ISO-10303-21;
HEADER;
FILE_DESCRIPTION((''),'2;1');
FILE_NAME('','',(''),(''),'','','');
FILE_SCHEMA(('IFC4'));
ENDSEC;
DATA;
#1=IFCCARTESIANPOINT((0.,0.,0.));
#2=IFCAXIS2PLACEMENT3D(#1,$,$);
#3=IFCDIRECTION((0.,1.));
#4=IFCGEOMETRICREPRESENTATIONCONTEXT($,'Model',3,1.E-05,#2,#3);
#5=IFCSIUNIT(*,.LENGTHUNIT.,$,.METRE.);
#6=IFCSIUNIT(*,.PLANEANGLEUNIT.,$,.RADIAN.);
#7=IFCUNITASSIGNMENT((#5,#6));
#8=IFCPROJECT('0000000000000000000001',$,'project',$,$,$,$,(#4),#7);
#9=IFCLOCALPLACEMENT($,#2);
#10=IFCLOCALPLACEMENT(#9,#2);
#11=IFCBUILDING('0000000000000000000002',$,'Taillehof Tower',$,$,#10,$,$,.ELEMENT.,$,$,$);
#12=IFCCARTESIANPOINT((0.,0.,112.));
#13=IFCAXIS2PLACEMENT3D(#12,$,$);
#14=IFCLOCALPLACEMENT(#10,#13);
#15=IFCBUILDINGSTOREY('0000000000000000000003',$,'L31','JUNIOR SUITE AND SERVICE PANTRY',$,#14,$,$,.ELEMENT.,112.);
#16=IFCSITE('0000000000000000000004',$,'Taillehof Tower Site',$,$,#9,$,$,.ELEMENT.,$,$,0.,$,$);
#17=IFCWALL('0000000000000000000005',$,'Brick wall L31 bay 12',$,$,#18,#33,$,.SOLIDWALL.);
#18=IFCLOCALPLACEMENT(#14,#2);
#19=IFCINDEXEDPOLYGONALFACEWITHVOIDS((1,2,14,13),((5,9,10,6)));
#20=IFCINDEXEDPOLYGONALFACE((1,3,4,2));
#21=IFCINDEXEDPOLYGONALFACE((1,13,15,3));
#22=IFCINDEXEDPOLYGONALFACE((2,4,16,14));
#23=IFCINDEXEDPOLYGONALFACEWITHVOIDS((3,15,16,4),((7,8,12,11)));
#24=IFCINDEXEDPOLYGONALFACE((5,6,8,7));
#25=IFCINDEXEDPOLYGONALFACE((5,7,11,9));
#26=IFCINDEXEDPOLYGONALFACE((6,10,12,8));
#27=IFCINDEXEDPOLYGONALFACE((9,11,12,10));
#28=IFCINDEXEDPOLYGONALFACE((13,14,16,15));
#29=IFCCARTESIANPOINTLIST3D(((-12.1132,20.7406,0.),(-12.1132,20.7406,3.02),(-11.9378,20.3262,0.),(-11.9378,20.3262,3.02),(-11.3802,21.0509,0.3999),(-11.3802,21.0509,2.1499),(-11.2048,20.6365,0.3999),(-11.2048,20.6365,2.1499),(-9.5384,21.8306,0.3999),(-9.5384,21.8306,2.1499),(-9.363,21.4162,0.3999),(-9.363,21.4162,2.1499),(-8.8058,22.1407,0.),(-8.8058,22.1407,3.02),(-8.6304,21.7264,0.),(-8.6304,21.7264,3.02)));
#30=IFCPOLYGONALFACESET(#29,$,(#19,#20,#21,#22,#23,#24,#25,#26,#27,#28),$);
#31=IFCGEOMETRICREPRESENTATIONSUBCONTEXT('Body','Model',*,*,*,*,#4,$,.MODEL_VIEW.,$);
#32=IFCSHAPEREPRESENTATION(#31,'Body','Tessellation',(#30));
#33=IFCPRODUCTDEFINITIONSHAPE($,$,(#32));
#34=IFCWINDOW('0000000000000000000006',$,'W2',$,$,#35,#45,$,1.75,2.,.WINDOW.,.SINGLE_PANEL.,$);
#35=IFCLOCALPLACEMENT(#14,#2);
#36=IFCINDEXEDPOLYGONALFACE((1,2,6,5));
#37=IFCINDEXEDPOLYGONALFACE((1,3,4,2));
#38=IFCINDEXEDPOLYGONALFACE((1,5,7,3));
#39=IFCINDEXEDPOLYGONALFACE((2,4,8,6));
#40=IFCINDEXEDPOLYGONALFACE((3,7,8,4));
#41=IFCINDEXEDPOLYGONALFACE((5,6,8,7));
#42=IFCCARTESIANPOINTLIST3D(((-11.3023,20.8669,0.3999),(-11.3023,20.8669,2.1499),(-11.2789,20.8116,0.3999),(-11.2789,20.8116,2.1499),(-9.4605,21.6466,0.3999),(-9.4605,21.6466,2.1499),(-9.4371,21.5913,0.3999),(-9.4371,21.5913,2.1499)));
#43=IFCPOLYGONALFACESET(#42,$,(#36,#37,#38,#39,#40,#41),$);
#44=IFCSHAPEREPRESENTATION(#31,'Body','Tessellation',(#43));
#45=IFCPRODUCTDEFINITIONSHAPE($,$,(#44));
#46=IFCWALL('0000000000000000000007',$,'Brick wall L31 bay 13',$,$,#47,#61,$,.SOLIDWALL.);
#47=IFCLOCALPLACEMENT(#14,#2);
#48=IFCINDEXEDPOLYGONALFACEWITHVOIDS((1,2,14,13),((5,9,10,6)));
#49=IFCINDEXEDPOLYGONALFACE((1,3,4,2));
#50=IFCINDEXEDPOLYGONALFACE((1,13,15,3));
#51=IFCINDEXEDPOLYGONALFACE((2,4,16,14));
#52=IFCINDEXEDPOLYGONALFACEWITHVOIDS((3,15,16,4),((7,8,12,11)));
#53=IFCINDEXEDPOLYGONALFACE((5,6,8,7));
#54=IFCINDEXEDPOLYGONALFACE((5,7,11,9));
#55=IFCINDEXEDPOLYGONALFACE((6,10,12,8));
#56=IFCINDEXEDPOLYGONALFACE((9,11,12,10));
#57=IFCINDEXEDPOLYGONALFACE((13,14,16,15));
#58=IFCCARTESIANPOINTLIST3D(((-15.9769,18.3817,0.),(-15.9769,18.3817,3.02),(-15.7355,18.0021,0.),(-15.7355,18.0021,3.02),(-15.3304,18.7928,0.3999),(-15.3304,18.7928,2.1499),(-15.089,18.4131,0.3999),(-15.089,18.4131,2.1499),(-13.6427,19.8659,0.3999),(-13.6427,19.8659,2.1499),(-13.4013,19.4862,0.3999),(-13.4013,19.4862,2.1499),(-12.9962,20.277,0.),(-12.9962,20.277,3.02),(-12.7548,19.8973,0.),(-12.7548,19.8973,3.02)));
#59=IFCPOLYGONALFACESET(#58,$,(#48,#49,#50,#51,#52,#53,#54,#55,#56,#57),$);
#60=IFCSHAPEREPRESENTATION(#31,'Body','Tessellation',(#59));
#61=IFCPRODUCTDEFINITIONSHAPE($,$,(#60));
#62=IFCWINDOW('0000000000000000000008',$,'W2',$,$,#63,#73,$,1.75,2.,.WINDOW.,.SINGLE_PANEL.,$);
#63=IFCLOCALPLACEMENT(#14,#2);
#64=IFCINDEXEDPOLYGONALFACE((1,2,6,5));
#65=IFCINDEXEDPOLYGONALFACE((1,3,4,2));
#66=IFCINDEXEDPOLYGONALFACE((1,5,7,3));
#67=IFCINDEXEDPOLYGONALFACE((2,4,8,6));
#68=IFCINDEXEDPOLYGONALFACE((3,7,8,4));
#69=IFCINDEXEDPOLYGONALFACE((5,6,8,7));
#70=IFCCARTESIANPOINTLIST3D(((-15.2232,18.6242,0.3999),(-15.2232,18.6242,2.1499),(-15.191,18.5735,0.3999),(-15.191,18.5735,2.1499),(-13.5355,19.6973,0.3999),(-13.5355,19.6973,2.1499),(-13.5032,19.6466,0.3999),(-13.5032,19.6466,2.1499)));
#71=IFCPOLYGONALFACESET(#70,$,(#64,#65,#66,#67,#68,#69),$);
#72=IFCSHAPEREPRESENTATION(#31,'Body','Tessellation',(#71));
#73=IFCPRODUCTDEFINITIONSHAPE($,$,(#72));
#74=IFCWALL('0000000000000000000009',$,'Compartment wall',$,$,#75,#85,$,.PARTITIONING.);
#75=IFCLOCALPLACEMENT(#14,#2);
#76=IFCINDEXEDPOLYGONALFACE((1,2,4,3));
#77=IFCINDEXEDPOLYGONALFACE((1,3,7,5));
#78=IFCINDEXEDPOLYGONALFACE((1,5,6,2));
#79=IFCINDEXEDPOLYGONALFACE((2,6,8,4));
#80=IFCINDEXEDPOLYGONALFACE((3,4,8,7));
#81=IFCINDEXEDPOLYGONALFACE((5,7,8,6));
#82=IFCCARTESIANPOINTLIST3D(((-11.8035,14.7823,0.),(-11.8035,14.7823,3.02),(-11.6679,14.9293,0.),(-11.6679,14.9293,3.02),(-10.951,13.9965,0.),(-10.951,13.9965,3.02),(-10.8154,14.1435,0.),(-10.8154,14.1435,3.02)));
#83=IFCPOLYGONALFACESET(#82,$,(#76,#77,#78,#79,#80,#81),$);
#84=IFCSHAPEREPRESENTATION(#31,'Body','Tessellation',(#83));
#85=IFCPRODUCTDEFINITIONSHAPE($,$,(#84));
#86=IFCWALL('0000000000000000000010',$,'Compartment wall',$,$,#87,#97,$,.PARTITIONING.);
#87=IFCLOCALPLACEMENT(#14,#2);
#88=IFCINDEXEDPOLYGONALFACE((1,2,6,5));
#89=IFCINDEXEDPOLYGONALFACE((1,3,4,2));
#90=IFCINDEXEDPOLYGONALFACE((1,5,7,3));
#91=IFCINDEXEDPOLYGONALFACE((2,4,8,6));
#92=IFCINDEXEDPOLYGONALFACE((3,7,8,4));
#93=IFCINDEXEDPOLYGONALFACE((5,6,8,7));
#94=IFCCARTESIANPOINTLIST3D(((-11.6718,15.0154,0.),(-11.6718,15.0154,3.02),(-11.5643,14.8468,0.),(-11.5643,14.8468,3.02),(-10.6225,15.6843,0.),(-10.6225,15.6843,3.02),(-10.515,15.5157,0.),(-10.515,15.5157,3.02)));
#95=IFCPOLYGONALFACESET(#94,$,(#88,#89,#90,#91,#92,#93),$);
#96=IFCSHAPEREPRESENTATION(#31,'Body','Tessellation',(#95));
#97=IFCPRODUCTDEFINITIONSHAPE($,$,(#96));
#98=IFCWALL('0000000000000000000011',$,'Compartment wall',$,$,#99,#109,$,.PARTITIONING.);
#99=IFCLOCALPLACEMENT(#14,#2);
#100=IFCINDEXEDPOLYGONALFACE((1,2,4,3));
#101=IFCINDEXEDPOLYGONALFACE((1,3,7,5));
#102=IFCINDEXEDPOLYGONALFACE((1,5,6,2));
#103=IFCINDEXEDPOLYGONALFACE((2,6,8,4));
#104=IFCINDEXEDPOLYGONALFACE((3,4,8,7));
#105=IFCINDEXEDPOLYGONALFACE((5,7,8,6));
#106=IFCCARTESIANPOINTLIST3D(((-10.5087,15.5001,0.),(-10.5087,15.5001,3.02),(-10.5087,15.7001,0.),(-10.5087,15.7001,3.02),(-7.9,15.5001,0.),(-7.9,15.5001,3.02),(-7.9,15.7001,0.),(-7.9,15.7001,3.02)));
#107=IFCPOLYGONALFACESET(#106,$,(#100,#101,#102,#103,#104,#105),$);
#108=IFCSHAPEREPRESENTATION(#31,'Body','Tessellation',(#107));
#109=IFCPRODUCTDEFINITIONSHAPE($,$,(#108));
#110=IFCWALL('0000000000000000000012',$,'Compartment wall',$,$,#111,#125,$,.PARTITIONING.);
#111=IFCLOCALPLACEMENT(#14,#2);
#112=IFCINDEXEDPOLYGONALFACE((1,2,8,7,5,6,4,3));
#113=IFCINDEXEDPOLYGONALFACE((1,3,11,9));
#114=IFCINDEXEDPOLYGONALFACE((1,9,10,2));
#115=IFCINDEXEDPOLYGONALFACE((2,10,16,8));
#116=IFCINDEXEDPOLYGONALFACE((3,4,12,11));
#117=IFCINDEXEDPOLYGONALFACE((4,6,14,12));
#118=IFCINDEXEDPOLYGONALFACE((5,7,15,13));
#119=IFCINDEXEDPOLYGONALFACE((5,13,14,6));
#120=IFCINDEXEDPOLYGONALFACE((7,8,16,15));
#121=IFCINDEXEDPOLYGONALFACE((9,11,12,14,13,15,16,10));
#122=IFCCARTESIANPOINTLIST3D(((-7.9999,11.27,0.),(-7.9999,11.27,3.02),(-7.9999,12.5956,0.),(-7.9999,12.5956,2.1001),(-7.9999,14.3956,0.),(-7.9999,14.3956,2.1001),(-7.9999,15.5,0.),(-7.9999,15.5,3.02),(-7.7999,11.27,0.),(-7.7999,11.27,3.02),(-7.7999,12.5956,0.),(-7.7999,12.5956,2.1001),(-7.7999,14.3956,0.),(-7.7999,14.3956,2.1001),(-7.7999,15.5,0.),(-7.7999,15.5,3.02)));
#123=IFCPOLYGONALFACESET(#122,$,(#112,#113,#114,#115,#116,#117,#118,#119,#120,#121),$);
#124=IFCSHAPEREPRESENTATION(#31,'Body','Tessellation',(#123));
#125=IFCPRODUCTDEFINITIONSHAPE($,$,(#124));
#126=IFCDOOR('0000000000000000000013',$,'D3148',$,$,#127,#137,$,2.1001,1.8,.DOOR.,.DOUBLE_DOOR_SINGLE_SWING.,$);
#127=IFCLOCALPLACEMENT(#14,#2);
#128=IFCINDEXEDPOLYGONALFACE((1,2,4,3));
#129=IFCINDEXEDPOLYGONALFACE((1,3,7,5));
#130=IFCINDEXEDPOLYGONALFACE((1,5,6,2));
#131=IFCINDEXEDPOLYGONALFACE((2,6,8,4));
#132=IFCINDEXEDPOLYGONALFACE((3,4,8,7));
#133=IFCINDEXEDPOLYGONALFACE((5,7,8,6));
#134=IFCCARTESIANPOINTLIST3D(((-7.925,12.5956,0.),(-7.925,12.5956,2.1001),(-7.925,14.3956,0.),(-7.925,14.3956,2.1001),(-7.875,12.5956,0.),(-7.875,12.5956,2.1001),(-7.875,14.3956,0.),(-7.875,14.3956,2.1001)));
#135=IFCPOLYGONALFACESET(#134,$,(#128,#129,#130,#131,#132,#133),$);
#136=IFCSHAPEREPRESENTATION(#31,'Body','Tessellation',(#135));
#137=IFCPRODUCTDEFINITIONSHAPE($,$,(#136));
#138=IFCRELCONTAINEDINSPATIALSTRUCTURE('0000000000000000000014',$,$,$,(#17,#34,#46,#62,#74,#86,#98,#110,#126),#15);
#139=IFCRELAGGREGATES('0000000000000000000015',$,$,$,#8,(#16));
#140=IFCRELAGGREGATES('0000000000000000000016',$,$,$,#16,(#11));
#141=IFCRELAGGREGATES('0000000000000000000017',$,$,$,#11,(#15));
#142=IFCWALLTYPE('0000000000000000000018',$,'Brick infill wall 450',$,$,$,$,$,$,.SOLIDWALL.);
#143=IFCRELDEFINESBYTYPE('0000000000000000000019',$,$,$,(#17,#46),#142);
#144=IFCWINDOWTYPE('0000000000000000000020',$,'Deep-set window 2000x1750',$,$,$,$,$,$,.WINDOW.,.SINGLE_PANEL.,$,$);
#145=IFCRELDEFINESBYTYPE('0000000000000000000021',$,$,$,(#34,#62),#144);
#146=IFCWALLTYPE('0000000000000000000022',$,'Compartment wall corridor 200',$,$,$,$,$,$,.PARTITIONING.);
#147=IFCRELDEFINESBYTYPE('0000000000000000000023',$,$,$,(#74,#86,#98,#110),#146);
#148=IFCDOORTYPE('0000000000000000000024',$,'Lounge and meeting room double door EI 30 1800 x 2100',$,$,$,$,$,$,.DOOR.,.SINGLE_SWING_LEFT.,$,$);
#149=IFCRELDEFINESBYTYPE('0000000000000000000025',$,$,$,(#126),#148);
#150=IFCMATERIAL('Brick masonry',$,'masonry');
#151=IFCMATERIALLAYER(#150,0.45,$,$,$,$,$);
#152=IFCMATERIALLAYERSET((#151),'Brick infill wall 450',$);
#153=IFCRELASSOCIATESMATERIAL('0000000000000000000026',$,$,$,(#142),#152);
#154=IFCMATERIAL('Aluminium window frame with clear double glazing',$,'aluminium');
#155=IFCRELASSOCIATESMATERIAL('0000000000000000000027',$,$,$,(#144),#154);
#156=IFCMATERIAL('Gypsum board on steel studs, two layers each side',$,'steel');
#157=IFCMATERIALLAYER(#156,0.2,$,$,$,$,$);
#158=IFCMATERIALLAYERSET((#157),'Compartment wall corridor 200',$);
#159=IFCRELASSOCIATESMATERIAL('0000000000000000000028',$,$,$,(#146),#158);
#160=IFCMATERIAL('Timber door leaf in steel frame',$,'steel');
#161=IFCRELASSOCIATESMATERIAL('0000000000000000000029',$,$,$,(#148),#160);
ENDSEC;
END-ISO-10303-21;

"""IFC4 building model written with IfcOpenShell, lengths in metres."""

from ifc_helpers import new_model, si_unit, direction, frame, frame_2d, origin, place, context, subcontext, project, spatial, rectangle, extrude, material, layer, layer_set, type_object, element, fill, save


model = new_model("IFC4")

# Units and contexts
model_context = context("Model", 3, precision=1e-05, world=origin(), true_north=direction((0.0, 1.0)))
body_context = subcontext(model_context, "Body", "Model", "MODEL_VIEW")
ifc_project = project(units=[si_unit("LENGTHUNIT", "METRE"), si_unit("PLANEANGLEUNIT", "RADIAN")], contexts=[model_context])

# Site, building, storey
site_placement = place(None, origin())
site = spatial("IfcSite", under=ifc_project, at=site_placement, Name="Taillehof Tower Site", CompositionType="ELEMENT", RefElevation=0.0)
building_placement = place(site_placement, origin())
building = spatial("IfcBuilding", under=site, at=building_placement, Name="Taillehof Tower", CompositionType="ELEMENT")
storey_placement = place(building_placement, frame((0.0, 0.0, 112.0)))
storey = spatial("IfcBuildingStorey", under=building, at=storey_placement, Name="L31", Description="JUNIOR SUITE AND SERVICE PANTRY", CompositionType="ELEMENT", Elevation=112.0)

# Walls, openings, windows
ifc_material_1 = material(Name="Brick masonry", Category="masonry")
ifc_layer_1 = layer(ifc_material_1, 0.45)
ifc_layer_set_1 = layer_set([ifc_layer_1], Name="Brick infill wall 450")
wall_type_1 = type_object("IfcWallType", Name="Brick infill wall 450", PredefinedType="SOLIDWALL", material=ifc_layer_set_1)
ifc_material_2 = material(Name="Aluminium window frame with clear double glazing", Category="aluminium")
window_type = type_object("IfcWindowType", Name="Deep-set window 2000x1750", PartitioningType="SINGLE_PANEL", PredefinedType="WINDOW", material=ifc_material_2)
wall_1_placement = place(storey_placement, frame((-8.718, 21.9336, 0.0), z_axis=(0.0, 0.0, 1.0), x_axis=(-0.92088, -0.389846, 0.0)))
wall_1 = element("IfcWall", 1, at=wall_1_placement, inside=storey, type_object=wall_type_1, Name="Brick wall L31 bay 12", PredefinedType="SOLIDWALL", context=body_context, shape_type="SweptSolid", body=[
    extrude(rectangle(XDim=3.5916, YDim=0.45, at=frame_2d((1.7959, 0.0))), origin(), (0.0, 0.0, 1.0), 3.02),
])
opening_1_placement = place(wall_1_placement, frame((0.7957, 0.0, 0.3999)))
opening_1 = element("IfcOpeningElement", 2, at=opening_1_placement, cuts=wall_1, PredefinedType="OPENING", context=body_context, shape_type="SweptSolid", body=[
    extrude(rectangle(XDim=2.0, YDim=1.75, at=frame_2d((1.0, 0.875))), frame((0.0, 0.2349, 0.0), z_axis=(0.0, -1.0, 0.0), x_axis=(1.0, 0.0, 0.0)), (0.0, 0.0, 1.0), 0.47),
])
window_1_placement = place(opening_1_placement, origin())
window_1 = element("IfcWindow", 3, at=window_1_placement, inside=storey, type_object=window_type, Name="W2", OverallHeight=1.75, OverallWidth=2.0, PartitioningType="SINGLE_PANEL", PredefinedType="WINDOW", context=body_context, shape_type="SweptSolid", body=[
    extrude(rectangle(XDim=2.0, YDim=1.75, at=frame_2d((1.0, 0.875))), frame((0.0, 0.0349, 0.0), z_axis=(0.0, -1.0, 0.0), x_axis=(1.0, 0.0, 0.0)), (0.0, 0.0, 1.0), 0.0601),
])
fill(opening_1, window_1)
wall_2_placement = place(storey_placement, frame((-12.8755, 20.0872, 0.0), z_axis=(0.0, 0.0, 1.0), x_axis=(-0.843861, -0.536562, 0.0)))
wall_2 = element("IfcWall", 4, at=wall_2_placement, inside=storey, type_object=wall_type_1, Name="Brick wall L31 bay 13", PredefinedType="SOLIDWALL", context=body_context, shape_type="SweptSolid", body=[
    extrude(rectangle(XDim=3.5322, YDim=0.45, at=frame_2d((1.7661, 0.0))), origin(), (0.0, 0.0, 1.0), 3.02),
])
opening_2_placement = place(wall_2_placement, frame((0.7661, 0.0, 0.3999)))
opening_2 = element("IfcOpeningElement", 5, at=opening_2_placement, cuts=wall_2, PredefinedType="OPENING", context=body_context, shape_type="SweptSolid", body=[
    extrude(rectangle(XDim=2.0, YDim=1.75, at=frame_2d((1.0, 0.875))), frame((0.0, 0.2349, 0.0), z_axis=(0.0, -1.0, 0.0), x_axis=(1.0, 0.0, 0.0)), (0.0, 0.0, 1.0), 0.47),
])
window_2_placement = place(opening_2_placement, origin())
window_2 = element("IfcWindow", 6, at=window_2_placement, inside=storey, type_object=window_type, Name="W2", OverallHeight=1.75, OverallWidth=2.0, PartitioningType="SINGLE_PANEL", PredefinedType="WINDOW", context=body_context, shape_type="SweptSolid", body=[
    extrude(rectangle(XDim=2.0, YDim=1.75, at=frame_2d((1.0, 0.875))), frame((0.0, 0.0349, 0.0), z_axis=(0.0, -1.0, 0.0), x_axis=(1.0, 0.0, 0.0)), (0.0, 0.0, 1.0), 0.0601),
])
fill(opening_2, window_2)

# Walls
ifc_material_3 = material(Name="Gypsum board on steel studs, two layers each side", Category="steel")
ifc_layer_2 = layer(ifc_material_3, 0.2)
ifc_layer_set_2 = layer_set([ifc_layer_2], Name="Compartment wall corridor 200")
wall_type_2 = type_object("IfcWallType", Name="Compartment wall corridor 200", PredefinedType="PARTITIONING", material=ifc_layer_set_2)
wall_3_placement = place(storey_placement, frame((-10.8833, 14.0701, 0.0), z_axis=(0.0, 0.0, 1.0), x_axis=(-0.735263, 0.677781, 0.0)))
element("IfcWall", 7, at=wall_3_placement, inside=storey, type_object=wall_type_2, Name="Compartment wall", PredefinedType="PARTITIONING", context=body_context, shape_type="SweptSolid", body=[
    extrude(rectangle(XDim=1.1594, YDim=0.2, at=frame_2d((0.5796, 0.0))), origin(), (0.0, 0.0, 1.0), 3.02),
])
wall_4_placement = place(storey_placement, frame((-11.6179, 14.9312, 0.0), z_axis=(0.0, 0.0, 1.0), x_axis=(0.843225, 0.537561, 0.0)))
element("IfcWall", 8, at=wall_4_placement, inside=storey, type_object=wall_type_2, Name="Compartment wall", PredefinedType="PARTITIONING", context=body_context, shape_type="SweptSolid", body=[
    extrude(rectangle(XDim=1.2444, YDim=0.2, at=frame_2d((0.6221, 0.0))), origin(), (0.0, 0.0, 1.0), 3.02),
])
wall_5_placement = place(storey_placement, frame((-10.5085, 15.6001, 0.0), z_axis=(0.0, 0.0, 1.0), x_axis=(1.0, 0.0, 0.0)))
element("IfcWall", 9, at=wall_5_placement, inside=storey, type_object=wall_type_2, Name="Compartment wall", PredefinedType="PARTITIONING", context=body_context, shape_type="SweptSolid", body=[
    extrude(rectangle(XDim=2.6086, YDim=0.2, at=frame_2d((1.3042, 0.0))), origin(), (0.0, 0.0, 1.0), 3.02),
])

# Wall, opening, door
wall_6_placement = place(storey_placement, frame((-7.8999, 15.5, 0.0), z_axis=(0.0, 0.0, 1.0), x_axis=(0.0, -1.0, 0.0)))
wall_6 = element("IfcWall", 10, at=wall_6_placement, inside=storey, type_object=wall_type_2, Name="Compartment wall", PredefinedType="PARTITIONING", context=body_context, shape_type="SweptSolid", body=[
    extrude(rectangle(XDim=4.23, YDim=0.2, at=frame_2d((2.115, 0.0))), origin(), (0.0, 0.0, 1.0), 3.02),
])
opening_3_placement = place(wall_6_placement, frame((1.1045, 0.0, 0.0)))
opening_3 = element("IfcOpeningElement", 11, at=opening_3_placement, cuts=wall_6, PredefinedType="OPENING", context=body_context, shape_type="SweptSolid", body=[
    extrude(rectangle(XDim=1.8, YDim=2.1001, at=frame_2d((0.8999, 1.05))), frame((0.0, 0.1099, 0.0), z_axis=(0.0, -1.0, 0.0), x_axis=(1.0, 0.0, 0.0)), (0.0, 0.0, 1.0), 0.22),
])
ifc_material_4 = material(Name="Timber door leaf in steel frame", Category="steel")
door_type_1 = type_object("IfcDoorType", Name="Lounge and meeting room double door EI 30 1800 x 2100", OperationType="SINGLE_SWING_LEFT", PredefinedType="DOOR", material=ifc_material_4)
door_1_placement = place(opening_3_placement, origin())
door_1 = element("IfcDoor", 12, at=door_1_placement, inside=storey, type_object=door_type_1, Name="D3148", OperationType="DOUBLE_DOOR_SINGLE_SWING", OverallHeight=2.1001, OverallWidth=1.8, PredefinedType="DOOR", context=body_context, shape_type="SweptSolid", body=[
    extrude(rectangle(XDim=1.8, YDim=2.1001, at=frame_2d((0.8999, 1.05))), frame((0.0, 0.0249, 0.0), z_axis=(0.0, -1.0, 0.0), x_axis=(1.0, 0.0, 0.0)), (0.0, 0.0, 1.0), 0.05),
])
fill(opening_3, door_1)

save(model, "model.ifc")
